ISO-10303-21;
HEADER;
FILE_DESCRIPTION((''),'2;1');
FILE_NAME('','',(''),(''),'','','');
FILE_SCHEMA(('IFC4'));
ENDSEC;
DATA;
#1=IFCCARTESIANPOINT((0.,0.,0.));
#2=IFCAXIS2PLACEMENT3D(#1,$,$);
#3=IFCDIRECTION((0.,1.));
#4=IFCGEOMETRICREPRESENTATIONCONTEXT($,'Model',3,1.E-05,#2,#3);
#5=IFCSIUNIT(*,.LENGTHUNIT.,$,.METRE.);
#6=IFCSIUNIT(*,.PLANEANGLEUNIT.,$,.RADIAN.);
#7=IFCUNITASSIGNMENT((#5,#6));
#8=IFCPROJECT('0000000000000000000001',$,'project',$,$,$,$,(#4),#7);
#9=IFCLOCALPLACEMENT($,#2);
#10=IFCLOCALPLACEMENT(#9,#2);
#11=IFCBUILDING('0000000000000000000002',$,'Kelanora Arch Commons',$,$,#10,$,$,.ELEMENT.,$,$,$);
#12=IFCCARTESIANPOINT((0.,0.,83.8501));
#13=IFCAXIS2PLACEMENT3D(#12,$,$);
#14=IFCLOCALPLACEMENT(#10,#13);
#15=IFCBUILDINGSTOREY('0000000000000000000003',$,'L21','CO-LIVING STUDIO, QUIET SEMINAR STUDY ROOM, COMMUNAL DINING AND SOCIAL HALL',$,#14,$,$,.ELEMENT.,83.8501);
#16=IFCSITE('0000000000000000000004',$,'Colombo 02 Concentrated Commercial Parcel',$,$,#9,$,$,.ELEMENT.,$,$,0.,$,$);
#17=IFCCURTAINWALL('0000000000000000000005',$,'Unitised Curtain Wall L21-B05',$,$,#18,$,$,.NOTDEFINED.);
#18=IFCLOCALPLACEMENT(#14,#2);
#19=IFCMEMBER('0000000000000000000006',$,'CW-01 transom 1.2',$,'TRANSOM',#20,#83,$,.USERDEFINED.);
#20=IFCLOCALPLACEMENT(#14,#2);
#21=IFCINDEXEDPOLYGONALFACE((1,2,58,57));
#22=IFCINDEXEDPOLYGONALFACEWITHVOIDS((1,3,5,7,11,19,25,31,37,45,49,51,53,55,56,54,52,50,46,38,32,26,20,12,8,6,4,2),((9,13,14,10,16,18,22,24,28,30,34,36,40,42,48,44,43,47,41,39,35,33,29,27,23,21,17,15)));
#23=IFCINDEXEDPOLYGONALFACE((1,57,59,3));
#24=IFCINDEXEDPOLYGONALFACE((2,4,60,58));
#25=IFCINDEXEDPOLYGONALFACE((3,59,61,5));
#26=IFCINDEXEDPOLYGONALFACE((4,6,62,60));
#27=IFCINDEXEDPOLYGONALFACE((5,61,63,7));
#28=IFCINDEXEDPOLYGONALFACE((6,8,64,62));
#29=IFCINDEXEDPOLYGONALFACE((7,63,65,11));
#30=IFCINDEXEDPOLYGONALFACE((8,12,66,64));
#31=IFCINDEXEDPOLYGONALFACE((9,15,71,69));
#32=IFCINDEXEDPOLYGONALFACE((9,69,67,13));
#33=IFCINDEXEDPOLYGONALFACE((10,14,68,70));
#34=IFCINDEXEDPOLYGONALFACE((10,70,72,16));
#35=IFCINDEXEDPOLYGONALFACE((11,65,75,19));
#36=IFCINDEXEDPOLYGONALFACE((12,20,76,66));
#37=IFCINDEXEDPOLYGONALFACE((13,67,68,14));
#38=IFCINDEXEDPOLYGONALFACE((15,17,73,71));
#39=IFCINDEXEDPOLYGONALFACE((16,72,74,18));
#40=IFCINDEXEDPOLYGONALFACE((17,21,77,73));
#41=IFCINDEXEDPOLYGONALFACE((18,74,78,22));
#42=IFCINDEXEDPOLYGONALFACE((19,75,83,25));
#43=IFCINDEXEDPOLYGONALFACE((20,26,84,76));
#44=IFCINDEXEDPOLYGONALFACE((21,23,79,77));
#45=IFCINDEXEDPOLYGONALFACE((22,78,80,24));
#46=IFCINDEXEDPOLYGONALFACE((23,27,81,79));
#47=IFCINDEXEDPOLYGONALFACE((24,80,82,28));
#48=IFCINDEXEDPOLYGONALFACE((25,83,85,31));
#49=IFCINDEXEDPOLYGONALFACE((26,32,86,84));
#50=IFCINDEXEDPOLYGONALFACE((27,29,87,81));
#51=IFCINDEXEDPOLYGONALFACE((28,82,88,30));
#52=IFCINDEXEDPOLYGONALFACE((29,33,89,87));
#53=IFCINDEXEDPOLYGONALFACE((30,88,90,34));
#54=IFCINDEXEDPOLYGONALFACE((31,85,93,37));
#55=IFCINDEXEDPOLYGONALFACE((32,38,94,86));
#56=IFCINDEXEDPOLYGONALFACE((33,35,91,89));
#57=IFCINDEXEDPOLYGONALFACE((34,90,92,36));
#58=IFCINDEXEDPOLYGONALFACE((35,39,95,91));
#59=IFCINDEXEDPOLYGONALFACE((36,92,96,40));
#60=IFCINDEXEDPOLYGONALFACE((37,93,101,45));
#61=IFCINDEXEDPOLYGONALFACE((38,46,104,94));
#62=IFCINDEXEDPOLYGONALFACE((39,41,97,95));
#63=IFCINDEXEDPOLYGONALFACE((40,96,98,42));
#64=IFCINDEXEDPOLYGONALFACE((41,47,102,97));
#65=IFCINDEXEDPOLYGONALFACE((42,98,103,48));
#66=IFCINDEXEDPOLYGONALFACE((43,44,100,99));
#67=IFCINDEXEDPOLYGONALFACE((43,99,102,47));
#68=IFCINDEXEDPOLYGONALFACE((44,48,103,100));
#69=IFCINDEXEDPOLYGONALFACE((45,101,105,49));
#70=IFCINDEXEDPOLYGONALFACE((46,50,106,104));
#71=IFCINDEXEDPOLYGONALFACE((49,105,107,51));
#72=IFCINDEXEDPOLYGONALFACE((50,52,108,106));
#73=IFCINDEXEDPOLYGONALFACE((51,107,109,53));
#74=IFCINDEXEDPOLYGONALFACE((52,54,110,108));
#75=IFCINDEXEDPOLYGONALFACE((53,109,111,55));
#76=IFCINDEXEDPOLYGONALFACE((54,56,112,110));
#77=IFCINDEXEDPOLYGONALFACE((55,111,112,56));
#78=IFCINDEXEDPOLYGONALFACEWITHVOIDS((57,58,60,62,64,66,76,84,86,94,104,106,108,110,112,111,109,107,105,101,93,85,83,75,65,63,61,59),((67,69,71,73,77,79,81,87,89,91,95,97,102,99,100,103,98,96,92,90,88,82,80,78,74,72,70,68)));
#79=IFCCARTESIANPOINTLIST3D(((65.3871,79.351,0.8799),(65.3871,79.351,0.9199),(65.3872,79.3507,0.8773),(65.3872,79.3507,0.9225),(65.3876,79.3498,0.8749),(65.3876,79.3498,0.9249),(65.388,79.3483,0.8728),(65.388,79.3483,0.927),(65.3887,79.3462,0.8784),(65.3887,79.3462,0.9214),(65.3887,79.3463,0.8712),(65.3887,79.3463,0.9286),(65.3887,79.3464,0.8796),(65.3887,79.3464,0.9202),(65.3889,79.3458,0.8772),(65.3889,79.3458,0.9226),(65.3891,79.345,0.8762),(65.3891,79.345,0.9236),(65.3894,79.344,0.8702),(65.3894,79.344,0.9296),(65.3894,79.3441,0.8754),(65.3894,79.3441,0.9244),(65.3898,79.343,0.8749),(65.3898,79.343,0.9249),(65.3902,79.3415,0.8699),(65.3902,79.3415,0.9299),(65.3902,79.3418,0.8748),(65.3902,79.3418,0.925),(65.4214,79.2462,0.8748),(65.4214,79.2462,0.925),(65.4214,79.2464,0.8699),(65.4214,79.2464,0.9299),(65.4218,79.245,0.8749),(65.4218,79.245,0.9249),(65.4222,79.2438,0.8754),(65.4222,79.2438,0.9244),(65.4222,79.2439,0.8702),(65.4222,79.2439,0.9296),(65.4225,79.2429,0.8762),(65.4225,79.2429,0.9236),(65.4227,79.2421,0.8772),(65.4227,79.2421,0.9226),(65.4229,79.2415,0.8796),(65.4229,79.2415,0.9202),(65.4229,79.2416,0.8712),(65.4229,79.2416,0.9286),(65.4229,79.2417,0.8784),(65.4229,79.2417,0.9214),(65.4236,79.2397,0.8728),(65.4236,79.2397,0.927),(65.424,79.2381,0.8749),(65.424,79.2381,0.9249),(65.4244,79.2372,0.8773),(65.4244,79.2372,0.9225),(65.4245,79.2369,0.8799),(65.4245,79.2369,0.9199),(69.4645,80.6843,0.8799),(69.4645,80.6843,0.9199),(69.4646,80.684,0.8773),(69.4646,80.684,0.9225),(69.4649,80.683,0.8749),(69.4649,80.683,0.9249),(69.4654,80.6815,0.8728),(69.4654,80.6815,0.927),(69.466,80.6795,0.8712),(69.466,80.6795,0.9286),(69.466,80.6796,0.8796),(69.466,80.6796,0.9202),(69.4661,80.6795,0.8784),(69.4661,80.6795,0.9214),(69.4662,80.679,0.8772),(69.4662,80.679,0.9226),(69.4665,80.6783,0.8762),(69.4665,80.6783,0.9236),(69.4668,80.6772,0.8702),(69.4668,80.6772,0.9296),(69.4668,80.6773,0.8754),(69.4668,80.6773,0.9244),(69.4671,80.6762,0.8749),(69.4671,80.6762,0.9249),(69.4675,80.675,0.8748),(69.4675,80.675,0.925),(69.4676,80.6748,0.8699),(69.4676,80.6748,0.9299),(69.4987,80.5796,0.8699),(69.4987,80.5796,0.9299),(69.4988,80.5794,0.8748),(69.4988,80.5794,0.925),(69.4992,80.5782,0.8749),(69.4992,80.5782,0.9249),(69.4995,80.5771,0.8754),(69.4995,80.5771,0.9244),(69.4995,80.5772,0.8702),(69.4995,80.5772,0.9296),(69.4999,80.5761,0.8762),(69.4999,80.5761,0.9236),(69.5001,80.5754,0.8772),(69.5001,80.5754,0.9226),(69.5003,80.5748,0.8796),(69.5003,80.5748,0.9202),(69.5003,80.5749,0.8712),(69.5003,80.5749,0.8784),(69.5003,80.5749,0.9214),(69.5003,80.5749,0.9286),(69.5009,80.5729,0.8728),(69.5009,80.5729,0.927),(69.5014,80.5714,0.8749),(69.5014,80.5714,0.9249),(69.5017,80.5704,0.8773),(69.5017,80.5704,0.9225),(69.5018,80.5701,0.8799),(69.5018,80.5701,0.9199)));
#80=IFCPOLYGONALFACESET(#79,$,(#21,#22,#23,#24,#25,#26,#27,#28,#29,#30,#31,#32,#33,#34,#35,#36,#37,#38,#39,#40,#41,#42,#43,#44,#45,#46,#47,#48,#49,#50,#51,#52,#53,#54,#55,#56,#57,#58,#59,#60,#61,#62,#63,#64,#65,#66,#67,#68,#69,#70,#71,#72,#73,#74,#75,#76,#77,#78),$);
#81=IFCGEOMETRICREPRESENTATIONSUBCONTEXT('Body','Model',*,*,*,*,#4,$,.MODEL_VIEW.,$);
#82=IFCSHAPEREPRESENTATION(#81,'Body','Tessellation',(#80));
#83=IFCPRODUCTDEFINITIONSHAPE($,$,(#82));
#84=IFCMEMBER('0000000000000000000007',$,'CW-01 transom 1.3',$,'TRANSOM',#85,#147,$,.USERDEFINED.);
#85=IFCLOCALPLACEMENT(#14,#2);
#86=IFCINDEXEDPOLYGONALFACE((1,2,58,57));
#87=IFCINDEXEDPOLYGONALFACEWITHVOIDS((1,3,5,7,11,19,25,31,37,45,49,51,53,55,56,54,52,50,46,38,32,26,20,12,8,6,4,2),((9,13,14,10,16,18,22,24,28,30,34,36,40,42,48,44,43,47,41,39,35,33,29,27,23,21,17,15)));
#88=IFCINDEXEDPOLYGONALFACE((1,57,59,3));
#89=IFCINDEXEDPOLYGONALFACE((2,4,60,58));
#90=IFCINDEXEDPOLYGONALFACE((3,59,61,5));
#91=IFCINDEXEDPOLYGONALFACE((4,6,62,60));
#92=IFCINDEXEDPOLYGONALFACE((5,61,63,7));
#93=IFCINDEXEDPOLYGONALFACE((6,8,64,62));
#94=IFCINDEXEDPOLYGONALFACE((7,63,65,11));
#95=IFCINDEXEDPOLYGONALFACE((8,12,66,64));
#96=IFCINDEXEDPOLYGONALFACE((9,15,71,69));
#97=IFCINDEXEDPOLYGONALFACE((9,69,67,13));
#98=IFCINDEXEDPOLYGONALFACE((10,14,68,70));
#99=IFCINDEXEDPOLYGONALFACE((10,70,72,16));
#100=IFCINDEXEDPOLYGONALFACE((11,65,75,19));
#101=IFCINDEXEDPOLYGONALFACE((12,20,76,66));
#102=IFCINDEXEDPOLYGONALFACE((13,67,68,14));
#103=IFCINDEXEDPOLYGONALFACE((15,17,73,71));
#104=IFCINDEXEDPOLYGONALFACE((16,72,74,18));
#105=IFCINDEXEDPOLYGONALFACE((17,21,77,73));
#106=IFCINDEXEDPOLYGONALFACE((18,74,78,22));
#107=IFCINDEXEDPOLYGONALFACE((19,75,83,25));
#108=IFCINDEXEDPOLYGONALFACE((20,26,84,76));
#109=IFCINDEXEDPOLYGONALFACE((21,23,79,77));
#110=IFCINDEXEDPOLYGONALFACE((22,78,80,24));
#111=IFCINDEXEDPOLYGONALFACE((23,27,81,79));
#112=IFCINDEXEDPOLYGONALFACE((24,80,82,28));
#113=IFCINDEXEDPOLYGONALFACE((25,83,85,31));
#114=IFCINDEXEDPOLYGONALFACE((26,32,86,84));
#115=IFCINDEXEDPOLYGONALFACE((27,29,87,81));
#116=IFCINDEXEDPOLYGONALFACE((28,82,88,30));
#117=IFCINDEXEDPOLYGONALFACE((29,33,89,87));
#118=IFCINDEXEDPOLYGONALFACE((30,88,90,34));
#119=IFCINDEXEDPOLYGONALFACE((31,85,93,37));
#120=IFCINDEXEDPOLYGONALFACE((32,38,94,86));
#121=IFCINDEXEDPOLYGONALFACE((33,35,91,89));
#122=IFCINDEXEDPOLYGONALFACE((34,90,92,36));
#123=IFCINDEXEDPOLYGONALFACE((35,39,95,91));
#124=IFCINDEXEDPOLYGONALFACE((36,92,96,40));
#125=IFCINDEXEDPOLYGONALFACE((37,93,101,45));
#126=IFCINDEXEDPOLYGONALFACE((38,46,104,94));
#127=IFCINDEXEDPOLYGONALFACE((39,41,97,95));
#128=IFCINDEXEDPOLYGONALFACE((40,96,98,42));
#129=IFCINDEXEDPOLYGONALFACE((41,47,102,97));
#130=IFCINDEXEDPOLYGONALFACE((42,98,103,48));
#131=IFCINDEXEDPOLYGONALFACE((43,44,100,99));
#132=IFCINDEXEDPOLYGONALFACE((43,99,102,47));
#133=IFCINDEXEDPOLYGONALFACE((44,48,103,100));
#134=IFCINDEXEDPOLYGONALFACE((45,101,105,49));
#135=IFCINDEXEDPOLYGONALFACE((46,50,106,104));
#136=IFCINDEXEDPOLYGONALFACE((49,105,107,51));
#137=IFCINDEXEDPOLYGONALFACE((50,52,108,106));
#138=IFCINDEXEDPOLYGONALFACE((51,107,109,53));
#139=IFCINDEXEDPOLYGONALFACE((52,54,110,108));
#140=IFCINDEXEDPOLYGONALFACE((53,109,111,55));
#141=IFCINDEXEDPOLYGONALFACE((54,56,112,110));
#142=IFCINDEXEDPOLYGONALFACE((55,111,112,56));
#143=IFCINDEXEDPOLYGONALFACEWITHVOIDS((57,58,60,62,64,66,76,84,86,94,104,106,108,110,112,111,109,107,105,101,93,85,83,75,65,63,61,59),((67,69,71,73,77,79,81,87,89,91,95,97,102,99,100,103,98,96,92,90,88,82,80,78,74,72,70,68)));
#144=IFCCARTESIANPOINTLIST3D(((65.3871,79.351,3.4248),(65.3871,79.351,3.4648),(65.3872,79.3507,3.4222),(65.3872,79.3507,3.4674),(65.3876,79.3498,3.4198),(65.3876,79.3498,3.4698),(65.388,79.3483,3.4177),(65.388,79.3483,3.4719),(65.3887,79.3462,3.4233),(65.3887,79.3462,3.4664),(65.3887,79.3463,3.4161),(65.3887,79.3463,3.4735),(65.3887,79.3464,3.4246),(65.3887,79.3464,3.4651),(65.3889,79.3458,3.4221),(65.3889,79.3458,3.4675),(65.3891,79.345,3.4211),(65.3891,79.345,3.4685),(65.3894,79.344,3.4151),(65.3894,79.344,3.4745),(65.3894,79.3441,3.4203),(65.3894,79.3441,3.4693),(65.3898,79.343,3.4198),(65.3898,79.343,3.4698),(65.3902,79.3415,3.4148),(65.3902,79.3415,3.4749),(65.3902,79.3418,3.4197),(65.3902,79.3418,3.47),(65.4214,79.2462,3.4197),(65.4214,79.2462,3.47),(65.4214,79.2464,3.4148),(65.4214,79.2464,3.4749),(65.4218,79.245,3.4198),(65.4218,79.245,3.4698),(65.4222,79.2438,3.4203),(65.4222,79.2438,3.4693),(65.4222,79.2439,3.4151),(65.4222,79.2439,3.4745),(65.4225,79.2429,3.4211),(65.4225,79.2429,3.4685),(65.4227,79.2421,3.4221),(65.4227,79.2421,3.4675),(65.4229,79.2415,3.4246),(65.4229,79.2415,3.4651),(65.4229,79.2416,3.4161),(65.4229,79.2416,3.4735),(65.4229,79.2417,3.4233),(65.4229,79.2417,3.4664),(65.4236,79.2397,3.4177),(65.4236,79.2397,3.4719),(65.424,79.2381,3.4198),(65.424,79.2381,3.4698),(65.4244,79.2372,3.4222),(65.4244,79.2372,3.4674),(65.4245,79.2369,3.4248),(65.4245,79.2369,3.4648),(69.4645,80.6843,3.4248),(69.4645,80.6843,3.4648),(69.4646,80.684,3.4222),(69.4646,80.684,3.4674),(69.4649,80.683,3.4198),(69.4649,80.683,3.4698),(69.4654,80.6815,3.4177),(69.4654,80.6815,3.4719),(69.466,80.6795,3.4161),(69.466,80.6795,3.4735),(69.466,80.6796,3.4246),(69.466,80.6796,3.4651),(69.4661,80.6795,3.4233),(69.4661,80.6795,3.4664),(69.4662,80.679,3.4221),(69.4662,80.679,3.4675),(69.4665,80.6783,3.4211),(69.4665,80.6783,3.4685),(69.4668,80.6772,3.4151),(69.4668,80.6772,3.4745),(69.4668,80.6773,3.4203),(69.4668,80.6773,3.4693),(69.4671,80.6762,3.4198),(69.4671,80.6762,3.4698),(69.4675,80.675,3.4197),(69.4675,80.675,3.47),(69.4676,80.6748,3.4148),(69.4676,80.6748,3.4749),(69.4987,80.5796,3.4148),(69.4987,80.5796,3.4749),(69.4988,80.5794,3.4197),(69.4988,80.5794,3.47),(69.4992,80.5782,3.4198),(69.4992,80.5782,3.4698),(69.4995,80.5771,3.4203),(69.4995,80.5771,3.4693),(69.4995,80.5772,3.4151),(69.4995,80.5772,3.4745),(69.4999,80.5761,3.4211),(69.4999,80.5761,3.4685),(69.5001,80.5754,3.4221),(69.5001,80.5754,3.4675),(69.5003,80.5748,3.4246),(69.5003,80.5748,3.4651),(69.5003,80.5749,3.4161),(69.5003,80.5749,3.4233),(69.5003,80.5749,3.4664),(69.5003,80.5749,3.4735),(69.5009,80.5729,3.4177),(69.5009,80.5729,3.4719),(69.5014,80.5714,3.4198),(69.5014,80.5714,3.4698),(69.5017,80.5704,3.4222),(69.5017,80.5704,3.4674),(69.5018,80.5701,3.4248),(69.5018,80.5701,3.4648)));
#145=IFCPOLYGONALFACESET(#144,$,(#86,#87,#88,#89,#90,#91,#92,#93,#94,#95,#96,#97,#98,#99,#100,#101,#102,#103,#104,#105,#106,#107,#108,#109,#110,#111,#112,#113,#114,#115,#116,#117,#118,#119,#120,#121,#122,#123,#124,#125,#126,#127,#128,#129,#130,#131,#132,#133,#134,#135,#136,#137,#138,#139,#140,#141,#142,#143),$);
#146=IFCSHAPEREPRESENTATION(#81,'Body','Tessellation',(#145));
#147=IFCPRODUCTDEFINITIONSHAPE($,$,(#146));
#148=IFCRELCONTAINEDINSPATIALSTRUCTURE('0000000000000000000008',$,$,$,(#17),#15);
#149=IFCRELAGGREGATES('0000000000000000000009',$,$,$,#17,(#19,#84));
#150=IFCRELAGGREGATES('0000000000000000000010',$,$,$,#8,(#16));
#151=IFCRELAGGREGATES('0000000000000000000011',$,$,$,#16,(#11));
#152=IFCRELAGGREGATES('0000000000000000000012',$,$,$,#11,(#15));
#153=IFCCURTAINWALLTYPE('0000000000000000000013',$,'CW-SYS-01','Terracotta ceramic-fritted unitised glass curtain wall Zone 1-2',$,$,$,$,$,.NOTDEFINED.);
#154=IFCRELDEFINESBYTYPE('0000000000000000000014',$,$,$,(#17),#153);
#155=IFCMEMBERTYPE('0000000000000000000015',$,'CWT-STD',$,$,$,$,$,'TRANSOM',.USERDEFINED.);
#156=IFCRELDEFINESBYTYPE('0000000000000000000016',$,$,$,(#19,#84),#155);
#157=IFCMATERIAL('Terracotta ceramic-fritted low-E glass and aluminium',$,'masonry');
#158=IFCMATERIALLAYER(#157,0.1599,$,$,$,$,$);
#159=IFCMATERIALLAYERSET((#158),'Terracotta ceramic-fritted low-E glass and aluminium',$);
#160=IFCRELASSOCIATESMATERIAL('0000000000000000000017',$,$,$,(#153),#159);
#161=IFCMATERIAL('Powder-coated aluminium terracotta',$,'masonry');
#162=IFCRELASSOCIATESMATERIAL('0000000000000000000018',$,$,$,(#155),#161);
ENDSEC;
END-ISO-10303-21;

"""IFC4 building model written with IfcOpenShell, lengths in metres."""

from ifc_helpers import new_model, si_unit, direction, frame, origin, origin_2d, place, context, subcontext, project, spatial, hollow_rectangle, extrude, material, layer, layer_set, material_profile, profile_set, type_object, element, aggregate, save


model = new_model("IFC4")

# Units and contexts
model_context = context("Model", 3, precision=1e-05, world=origin(), true_north=direction((0.0, 1.0)))
body_context = subcontext(model_context, "Body", "Model", "MODEL_VIEW")
ifc_project = project(units=[si_unit("LENGTHUNIT", "METRE"), si_unit("PLANEANGLEUNIT", "RADIAN")], contexts=[model_context])

# Site, building, storey
site_placement = place(None, origin())
site = spatial("IfcSite", under=ifc_project, at=site_placement, Name="Colombo 02 Concentrated Commercial Parcel", CompositionType="ELEMENT", RefElevation=0.0)
building_placement = place(site_placement, origin())
building = spatial("IfcBuilding", under=site, at=building_placement, Name="Kelanora Arch Commons", CompositionType="ELEMENT")
storey_placement = place(building_placement, frame((0.0, 0.0, 83.8501)))
storey = spatial("IfcBuildingStorey", under=building, at=storey_placement, Name="L21", Description="CO-LIVING STUDIO, QUIET SEMINAR STUDY ROOM, COMMUNAL DINING AND SOCIAL HALL", CompositionType="ELEMENT", Elevation=83.8501)

# Curtain wall, members
ifc_material_1 = material(Name="Terracotta ceramic-fritted low-E glass and aluminium", Category="masonry")
ifc_layer_1 = layer(ifc_material_1, 0.1599)
ifc_layer_set_1 = layer_set([ifc_layer_1], Name="Terracotta ceramic-fritted low-E glass and aluminium")
curtain_wall_type = type_object("IfcCurtainWallType", Name="CW-SYS-01", Description="Terracotta ceramic-fritted unitised glass curtain wall Zone 1-2", PredefinedType="NOTDEFINED", material=ifc_layer_set_1)
curtain_wall_placement = place(storey_placement, origin())
curtain_wall = element("IfcCurtainWall", 1, at=curtain_wall_placement, inside=storey, type_object=curtain_wall_type, Name="Unitised Curtain Wall L21-B05", PredefinedType="NOTDEFINED")
ifc_material_2 = material(Name="Powder-coated aluminium terracotta", Category="masonry")
ifc_material_profile_1 = material_profile(ifc_material_2, hollow_rectangle(XDim=0.1201, YDim=0.0601, WallThickness=0.0049, InnerFilletRadius=0.0049, OuterFilletRadius=0.01, at=origin_2d()), Name="CWT120x60")
ifc_profile_set_1 = profile_set([ifc_material_profile_1], Name="Powder-coated aluminium terracotta")
member_type_1 = type_object("IfcMemberType", Name="CWT-STD", ElementType="TRANSOM", PredefinedType="USERDEFINED", material=ifc_profile_set_1)
member_1_placement = place(storey_placement, frame((69.4832, 80.6272, 0.8999), z_axis=(-0.950478, -0.310793, 0.0), x_axis=(0.310793, -0.950478, 0.0)))
member_1 = element("IfcMember", 2, at=member_1_placement, type_object=member_type_1, Name="CW-01 transom 1.2", ObjectType="TRANSOM", PredefinedType="USERDEFINED", context=body_context, shape_type="SweptSolid", body=[
    extrude(hollow_rectangle(XDim=0.1201, YDim=0.0601, WallThickness=0.0049, InnerFilletRadius=0.0049, OuterFilletRadius=0.01, at=origin_2d()), origin(), (0.0, 0.0, 1.0), 4.2898),
])
member_2_placement = place(storey_placement, frame((69.4832, 80.6272, 3.4448), z_axis=(-0.950478, -0.310793, 0.0), x_axis=(0.310793, -0.950478, 0.0)))
member_2 = element("IfcMember", 3, at=member_2_placement, type_object=member_type_1, Name="CW-01 transom 1.3", ObjectType="TRANSOM", PredefinedType="USERDEFINED", context=body_context, shape_type="SweptSolid", body=[
    extrude(hollow_rectangle(XDim=0.1201, YDim=0.0601, WallThickness=0.0049, InnerFilletRadius=0.0049, OuterFilletRadius=0.01, at=origin_2d()), origin(), (0.0, 0.0, 1.0), 4.2898),
])
aggregate(curtain_wall, [member_1, member_2])

save(model, "model.ifc")
